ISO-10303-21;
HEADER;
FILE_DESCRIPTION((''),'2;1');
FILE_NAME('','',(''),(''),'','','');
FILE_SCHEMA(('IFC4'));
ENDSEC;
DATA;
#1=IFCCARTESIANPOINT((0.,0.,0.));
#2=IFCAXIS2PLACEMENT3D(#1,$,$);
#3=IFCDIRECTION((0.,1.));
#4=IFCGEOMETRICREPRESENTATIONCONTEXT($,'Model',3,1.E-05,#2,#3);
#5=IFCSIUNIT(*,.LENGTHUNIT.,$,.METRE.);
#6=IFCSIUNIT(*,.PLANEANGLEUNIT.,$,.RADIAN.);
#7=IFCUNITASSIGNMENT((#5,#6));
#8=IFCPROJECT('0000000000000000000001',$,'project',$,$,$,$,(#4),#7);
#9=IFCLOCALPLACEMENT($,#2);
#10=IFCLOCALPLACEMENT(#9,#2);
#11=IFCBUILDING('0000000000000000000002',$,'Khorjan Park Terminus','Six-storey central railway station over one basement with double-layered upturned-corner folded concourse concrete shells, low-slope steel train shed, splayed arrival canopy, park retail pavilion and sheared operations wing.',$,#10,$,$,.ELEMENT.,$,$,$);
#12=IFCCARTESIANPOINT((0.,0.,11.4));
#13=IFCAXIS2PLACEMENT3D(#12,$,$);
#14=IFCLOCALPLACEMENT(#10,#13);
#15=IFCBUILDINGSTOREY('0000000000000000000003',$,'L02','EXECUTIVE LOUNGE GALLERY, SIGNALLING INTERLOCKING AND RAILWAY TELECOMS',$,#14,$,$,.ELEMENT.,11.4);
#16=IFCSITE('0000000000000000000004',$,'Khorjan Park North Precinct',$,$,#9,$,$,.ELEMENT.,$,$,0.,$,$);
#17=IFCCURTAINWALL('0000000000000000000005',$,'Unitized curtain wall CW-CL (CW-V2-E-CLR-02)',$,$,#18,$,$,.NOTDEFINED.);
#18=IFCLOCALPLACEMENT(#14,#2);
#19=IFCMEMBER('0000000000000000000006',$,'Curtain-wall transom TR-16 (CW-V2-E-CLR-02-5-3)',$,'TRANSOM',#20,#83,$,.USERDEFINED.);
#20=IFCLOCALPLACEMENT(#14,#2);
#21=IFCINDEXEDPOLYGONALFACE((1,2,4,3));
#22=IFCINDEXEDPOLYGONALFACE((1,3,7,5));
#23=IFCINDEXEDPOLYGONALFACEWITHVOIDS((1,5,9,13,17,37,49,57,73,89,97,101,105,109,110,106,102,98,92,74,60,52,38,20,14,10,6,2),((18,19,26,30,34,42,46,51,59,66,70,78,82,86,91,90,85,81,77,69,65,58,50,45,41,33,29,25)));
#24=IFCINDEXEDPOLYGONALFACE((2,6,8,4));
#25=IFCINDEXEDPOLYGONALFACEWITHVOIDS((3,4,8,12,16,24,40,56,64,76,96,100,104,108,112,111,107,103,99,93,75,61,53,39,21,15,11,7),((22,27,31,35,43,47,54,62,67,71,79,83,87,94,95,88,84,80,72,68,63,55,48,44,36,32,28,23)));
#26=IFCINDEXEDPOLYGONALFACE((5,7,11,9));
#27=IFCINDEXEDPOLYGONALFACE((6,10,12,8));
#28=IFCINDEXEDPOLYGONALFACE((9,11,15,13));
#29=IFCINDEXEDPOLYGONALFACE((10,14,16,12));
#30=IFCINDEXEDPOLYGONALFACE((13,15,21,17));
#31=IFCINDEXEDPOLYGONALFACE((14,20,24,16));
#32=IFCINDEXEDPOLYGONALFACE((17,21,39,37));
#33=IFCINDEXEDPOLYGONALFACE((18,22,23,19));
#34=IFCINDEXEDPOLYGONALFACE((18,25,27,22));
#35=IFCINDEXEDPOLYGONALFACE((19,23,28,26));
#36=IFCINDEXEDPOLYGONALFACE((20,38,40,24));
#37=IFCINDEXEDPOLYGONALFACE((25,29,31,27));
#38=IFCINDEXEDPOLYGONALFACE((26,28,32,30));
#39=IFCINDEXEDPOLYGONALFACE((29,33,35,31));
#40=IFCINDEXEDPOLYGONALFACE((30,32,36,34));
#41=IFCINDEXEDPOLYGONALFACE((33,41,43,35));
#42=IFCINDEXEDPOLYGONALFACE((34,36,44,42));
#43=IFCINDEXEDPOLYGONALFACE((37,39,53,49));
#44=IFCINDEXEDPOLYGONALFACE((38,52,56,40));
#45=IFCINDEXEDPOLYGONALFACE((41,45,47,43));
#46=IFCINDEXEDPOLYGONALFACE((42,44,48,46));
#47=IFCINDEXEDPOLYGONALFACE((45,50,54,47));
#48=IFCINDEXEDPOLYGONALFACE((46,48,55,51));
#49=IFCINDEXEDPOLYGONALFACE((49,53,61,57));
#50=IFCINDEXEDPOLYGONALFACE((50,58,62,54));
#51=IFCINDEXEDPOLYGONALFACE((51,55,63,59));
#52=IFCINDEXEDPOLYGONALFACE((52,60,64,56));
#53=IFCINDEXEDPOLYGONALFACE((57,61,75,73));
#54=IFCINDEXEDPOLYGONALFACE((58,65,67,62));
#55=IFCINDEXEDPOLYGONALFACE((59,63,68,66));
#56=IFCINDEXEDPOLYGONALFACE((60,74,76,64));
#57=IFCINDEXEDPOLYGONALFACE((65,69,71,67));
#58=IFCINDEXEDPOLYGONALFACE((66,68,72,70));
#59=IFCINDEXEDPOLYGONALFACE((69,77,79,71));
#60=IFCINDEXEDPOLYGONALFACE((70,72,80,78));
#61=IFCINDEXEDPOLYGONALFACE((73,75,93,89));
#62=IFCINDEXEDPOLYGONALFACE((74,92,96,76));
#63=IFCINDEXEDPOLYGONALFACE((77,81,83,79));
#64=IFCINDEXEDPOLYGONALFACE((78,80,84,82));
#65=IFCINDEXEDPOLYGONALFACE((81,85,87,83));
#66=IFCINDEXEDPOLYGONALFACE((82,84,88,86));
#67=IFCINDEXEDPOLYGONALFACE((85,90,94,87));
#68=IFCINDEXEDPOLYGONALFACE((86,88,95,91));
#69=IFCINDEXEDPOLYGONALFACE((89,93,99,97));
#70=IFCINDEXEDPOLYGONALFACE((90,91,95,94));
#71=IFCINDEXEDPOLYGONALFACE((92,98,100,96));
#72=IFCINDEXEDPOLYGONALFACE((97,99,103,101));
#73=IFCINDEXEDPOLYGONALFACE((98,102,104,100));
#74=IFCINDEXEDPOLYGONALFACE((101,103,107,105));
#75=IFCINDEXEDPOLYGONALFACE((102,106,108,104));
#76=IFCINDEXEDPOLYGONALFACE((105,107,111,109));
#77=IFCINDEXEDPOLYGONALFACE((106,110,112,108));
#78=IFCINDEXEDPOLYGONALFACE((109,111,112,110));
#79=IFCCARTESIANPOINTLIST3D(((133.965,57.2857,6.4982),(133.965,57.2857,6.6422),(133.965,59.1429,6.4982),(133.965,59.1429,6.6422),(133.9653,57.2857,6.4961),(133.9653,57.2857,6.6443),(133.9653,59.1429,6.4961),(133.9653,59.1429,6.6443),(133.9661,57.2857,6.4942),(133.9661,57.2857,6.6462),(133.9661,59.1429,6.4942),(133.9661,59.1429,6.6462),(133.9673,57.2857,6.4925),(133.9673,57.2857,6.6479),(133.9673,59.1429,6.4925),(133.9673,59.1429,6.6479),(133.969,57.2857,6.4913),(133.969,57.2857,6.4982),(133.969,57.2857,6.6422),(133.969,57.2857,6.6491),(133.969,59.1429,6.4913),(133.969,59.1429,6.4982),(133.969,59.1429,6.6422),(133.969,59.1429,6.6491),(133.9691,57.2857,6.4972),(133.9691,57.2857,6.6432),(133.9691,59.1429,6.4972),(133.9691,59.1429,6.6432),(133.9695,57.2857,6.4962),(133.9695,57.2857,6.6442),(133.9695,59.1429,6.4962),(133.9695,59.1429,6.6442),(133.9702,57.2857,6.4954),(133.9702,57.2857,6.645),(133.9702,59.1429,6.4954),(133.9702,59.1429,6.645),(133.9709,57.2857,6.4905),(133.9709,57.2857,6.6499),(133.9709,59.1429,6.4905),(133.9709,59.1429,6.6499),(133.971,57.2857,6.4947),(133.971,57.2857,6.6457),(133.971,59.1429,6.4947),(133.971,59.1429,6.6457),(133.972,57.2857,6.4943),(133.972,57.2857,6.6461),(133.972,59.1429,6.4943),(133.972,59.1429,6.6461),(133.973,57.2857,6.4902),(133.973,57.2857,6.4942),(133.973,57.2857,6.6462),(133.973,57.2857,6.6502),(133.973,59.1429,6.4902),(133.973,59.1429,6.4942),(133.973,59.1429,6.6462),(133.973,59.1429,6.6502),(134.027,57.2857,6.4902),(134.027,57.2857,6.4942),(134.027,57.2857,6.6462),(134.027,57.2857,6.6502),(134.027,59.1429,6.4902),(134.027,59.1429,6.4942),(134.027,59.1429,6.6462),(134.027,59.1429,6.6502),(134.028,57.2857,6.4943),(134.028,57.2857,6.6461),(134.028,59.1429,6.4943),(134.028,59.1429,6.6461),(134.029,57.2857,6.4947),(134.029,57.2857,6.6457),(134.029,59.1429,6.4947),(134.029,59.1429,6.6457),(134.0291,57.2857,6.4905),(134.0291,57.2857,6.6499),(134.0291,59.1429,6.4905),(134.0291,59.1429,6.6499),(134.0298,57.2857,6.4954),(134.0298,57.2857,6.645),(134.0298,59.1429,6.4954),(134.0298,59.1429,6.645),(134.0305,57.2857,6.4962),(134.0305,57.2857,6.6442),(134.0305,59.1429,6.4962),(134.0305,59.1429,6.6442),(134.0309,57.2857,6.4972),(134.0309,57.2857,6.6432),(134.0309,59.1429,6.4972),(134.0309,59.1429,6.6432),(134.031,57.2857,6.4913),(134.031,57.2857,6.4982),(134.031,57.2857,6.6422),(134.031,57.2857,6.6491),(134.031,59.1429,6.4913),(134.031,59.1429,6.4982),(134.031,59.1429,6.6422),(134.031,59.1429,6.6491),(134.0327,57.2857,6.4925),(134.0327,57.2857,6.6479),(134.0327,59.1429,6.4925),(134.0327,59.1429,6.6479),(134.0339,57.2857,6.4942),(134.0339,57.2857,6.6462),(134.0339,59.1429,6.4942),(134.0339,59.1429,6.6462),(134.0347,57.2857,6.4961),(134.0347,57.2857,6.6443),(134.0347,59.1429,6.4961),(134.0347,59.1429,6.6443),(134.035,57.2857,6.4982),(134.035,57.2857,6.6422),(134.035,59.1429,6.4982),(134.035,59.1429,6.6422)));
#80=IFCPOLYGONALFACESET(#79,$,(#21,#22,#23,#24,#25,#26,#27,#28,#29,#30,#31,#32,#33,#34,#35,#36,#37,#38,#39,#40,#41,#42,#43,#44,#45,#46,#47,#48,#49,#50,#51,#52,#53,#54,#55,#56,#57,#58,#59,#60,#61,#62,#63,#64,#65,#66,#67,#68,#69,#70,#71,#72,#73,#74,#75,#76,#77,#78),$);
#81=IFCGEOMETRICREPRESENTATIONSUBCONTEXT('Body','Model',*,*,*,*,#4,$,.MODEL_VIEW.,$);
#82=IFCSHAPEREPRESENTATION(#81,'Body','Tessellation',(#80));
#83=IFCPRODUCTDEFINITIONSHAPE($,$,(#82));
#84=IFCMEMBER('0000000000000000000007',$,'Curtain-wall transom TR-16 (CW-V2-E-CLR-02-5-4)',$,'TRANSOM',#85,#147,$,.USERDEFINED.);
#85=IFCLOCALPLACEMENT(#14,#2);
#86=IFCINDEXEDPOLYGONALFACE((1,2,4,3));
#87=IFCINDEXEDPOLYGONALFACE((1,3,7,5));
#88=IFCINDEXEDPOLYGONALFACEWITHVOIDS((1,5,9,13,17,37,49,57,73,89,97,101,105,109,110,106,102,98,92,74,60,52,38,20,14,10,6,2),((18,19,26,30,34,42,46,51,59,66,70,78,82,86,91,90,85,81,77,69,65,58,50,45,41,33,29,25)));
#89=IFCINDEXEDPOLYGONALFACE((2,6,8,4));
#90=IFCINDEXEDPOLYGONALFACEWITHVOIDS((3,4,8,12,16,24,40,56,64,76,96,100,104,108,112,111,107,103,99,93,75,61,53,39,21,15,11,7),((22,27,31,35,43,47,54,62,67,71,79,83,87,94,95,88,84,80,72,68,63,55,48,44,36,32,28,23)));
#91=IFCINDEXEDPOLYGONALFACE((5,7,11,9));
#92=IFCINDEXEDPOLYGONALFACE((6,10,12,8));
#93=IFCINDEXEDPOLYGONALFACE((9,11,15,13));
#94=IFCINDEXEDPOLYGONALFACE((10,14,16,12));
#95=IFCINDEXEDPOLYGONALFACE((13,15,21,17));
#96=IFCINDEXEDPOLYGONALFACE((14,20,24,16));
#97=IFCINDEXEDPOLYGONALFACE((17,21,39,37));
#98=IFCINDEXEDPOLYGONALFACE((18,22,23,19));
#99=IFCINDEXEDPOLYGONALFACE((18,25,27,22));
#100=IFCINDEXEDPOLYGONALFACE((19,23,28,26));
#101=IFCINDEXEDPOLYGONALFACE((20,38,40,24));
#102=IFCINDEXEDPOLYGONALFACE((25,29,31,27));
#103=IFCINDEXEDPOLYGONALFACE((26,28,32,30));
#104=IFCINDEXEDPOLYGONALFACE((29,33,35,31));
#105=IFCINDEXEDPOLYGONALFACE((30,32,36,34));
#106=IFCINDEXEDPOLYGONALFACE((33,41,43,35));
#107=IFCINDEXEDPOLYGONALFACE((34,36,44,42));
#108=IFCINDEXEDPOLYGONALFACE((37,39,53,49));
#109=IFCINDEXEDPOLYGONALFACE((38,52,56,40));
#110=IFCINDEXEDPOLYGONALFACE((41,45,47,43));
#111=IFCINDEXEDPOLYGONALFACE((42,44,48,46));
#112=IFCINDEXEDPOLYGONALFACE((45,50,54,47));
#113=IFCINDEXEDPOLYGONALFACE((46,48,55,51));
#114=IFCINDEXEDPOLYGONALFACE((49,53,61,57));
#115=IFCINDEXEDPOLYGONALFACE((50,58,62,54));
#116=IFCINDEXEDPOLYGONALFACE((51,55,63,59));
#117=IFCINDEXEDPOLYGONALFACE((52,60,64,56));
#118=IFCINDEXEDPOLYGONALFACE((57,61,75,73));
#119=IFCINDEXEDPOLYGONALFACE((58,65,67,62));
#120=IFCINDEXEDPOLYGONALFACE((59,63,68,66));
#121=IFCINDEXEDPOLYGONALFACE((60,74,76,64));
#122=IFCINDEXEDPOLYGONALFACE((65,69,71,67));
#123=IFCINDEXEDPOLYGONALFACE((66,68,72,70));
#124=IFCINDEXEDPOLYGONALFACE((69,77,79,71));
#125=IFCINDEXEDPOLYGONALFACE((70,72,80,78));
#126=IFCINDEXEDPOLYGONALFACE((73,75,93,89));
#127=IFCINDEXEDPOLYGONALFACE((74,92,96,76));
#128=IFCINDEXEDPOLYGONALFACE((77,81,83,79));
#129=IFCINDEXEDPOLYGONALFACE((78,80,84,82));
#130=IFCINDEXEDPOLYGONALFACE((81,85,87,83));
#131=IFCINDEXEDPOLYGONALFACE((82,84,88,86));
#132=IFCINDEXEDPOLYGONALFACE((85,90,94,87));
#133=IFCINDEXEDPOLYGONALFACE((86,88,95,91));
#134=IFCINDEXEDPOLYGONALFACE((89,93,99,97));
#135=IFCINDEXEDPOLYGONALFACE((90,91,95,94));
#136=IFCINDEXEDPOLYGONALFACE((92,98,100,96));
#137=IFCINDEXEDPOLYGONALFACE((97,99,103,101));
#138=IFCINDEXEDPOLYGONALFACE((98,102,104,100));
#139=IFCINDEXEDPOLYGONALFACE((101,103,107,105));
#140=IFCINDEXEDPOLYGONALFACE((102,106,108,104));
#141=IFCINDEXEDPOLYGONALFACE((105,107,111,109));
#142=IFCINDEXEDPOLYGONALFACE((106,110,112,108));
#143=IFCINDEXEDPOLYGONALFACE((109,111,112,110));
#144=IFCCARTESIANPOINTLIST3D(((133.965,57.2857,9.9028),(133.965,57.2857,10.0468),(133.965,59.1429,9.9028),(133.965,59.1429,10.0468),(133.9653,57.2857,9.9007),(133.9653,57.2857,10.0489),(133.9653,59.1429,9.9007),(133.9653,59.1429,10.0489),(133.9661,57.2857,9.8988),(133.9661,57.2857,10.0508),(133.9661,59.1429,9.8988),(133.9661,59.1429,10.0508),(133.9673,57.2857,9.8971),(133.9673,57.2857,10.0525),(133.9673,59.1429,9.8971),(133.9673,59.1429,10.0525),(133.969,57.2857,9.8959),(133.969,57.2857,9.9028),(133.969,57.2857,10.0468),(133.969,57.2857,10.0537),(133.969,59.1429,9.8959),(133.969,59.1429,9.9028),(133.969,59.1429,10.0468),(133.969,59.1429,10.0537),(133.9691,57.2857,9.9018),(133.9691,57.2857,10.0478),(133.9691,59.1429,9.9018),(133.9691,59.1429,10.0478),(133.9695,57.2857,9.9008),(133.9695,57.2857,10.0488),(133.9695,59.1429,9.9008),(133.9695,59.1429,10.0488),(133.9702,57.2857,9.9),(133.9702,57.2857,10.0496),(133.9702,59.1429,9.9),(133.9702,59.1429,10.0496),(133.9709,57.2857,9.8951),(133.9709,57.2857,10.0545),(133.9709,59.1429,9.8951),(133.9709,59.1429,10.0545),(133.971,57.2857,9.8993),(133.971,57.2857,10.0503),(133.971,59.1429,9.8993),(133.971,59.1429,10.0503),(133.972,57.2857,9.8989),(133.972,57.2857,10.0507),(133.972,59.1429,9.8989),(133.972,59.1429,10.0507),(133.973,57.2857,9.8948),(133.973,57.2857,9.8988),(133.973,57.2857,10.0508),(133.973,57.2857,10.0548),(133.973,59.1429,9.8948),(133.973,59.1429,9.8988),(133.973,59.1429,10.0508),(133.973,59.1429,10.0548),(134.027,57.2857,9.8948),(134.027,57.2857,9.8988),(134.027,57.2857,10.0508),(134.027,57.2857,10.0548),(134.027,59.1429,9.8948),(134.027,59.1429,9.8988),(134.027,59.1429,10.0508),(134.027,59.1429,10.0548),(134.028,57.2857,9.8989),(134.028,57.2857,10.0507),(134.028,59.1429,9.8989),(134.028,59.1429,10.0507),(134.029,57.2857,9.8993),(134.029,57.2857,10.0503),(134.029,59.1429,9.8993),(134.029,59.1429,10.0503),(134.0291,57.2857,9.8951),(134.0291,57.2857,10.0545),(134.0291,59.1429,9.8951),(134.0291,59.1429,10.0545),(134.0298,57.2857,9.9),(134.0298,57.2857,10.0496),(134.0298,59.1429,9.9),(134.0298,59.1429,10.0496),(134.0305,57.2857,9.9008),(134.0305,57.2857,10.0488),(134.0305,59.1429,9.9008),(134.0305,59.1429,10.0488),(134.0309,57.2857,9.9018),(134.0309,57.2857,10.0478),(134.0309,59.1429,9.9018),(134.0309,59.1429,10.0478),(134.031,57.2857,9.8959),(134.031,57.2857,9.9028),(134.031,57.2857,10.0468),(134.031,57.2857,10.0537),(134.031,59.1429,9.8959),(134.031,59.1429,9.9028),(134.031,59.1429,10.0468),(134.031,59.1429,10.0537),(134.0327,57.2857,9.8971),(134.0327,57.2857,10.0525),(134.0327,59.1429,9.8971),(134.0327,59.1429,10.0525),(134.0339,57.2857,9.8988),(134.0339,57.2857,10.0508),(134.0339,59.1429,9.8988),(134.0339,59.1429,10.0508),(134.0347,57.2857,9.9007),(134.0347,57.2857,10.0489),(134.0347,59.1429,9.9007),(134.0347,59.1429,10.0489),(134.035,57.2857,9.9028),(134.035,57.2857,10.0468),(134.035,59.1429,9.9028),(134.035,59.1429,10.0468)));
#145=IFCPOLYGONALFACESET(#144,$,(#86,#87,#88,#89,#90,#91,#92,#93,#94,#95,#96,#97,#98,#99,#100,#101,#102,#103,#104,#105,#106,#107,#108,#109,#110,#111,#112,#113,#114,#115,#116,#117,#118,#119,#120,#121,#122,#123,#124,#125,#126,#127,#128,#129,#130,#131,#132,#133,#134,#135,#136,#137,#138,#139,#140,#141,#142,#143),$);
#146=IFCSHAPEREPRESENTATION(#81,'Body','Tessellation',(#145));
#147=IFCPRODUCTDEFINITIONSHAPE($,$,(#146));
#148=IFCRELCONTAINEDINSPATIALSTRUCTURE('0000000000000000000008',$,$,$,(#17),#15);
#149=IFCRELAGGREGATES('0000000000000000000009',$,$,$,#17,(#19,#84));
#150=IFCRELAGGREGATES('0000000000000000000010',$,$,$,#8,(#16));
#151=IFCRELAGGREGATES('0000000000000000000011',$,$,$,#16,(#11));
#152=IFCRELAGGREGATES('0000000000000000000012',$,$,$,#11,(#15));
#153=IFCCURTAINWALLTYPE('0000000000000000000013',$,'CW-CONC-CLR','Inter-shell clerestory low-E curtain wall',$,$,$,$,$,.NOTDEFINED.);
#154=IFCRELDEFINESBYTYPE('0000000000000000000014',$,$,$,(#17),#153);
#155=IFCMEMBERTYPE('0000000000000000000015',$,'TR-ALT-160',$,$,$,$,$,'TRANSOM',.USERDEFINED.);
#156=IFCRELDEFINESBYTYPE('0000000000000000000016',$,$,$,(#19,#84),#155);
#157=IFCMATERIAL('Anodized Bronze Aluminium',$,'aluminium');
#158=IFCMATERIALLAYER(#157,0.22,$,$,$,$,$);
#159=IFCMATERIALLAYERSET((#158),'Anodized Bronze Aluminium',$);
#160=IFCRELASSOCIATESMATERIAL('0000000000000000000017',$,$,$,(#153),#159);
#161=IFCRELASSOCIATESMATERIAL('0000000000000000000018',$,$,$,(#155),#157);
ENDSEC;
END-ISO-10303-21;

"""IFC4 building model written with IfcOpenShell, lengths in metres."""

from ifc_helpers import new_model, si_unit, direction, frame, origin, origin_2d, place, context, subcontext, project, spatial, hollow_rectangle, extrude, material, layer, layer_set, material_profile, profile_set, type_object, element, aggregate, save


model = new_model("IFC4")

# Units and contexts
model_context = context("Model", 3, precision=1e-05, world=origin(), true_north=direction((0.0, 1.0)))
body_context = subcontext(model_context, "Body", "Model", "MODEL_VIEW")
ifc_project = project(units=[si_unit("LENGTHUNIT", "METRE"), si_unit("PLANEANGLEUNIT", "RADIAN")], contexts=[model_context])

# Site, building, storey
site_placement = place(None, origin())
site = spatial("IfcSite", under=ifc_project, at=site_placement, Name="Khorjan Park North Precinct", CompositionType="ELEMENT", RefElevation=0.0)
building_placement = place(site_placement, origin())
building = spatial("IfcBuilding", under=site, at=building_placement, Name="Khorjan Park Terminus", Description="Six-storey central railway station over one basement with double-layered upturned-corner folded concourse concrete shells, low-slope steel train shed, splayed arrival canopy, park retail pavilion and sheared operations wing.", CompositionType="ELEMENT")
storey_placement = place(building_placement, frame((0.0, 0.0, 11.4)))
storey = spatial("IfcBuildingStorey", under=building, at=storey_placement, Name="L02", Description="EXECUTIVE LOUNGE GALLERY, SIGNALLING INTERLOCKING AND RAILWAY TELECOMS", CompositionType="ELEMENT", Elevation=11.4)

# Curtain wall, members
ifc_material_1 = material(Name="Anodized Bronze Aluminium", Category="aluminium")
ifc_layer_1 = layer(ifc_material_1, 0.22)
ifc_layer_set_1 = layer_set([ifc_layer_1], Name="Anodized Bronze Aluminium")
curtain_wall_type = type_object("IfcCurtainWallType", Name="CW-CONC-CLR", Description="Inter-shell clerestory low-E curtain wall", PredefinedType="NOTDEFINED", material=ifc_layer_set_1)
curtain_wall_placement = place(storey_placement, origin())
curtain_wall = element("IfcCurtainWall", 1, at=curtain_wall_placement, inside=storey, type_object=curtain_wall_type, Name="Unitized curtain wall CW-CL (CW-V2-E-CLR-02)", PredefinedType="NOTDEFINED")
ifc_material_profile_1 = material_profile(ifc_material_1, hollow_rectangle(XDim=0.07, YDim=0.16, WallThickness=0.004, InnerFilletRadius=0.004, OuterFilletRadius=0.008, at=origin_2d()), Name="ALT 70x160x4")
ifc_profile_set_1 = profile_set([ifc_material_profile_1], Name="Anodized Bronze Aluminium")
member_type_1 = type_object("IfcMemberType", Name="TR-ALT-160", ElementType="TRANSOM", PredefinedType="USERDEFINED", material=ifc_profile_set_1)
member_1_placement = place(storey_placement, frame((134.0, 57.2857, 6.5702), z_axis=(0.0, 1.0, 0.0), x_axis=(-1.0, 0.0, 0.0)))
member_1 = element("IfcMember", 2, at=member_1_placement, type_object=member_type_1, Name="Curtain-wall transom TR-16 (CW-V2-E-CLR-02-5-3)", ObjectType="TRANSOM", PredefinedType="USERDEFINED", context=body_context, shape_type="SweptSolid", body=[
    extrude(hollow_rectangle(XDim=0.07, YDim=0.16, WallThickness=0.004, InnerFilletRadius=0.004, OuterFilletRadius=0.008, at=origin_2d()), origin(), (0.0, 0.0, 1.0), 1.8572),
])
member_2_placement = place(storey_placement, frame((134.0, 57.2857, 9.9748), z_axis=(0.0, 1.0, 0.0), x_axis=(-1.0, 0.0, 0.0)))
member_2 = element("IfcMember", 3, at=member_2_placement, type_object=member_type_1, Name="Curtain-wall transom TR-16 (CW-V2-E-CLR-02-5-4)", ObjectType="TRANSOM", PredefinedType="USERDEFINED", context=body_context, shape_type="SweptSolid", body=[
    extrude(hollow_rectangle(XDim=0.07, YDim=0.16, WallThickness=0.004, InnerFilletRadius=0.004, OuterFilletRadius=0.008, at=origin_2d()), origin(), (0.0, 0.0, 1.0), 1.8572),
])
aggregate(curtain_wall, [member_1, member_2])

save(model, "model.ifc")
